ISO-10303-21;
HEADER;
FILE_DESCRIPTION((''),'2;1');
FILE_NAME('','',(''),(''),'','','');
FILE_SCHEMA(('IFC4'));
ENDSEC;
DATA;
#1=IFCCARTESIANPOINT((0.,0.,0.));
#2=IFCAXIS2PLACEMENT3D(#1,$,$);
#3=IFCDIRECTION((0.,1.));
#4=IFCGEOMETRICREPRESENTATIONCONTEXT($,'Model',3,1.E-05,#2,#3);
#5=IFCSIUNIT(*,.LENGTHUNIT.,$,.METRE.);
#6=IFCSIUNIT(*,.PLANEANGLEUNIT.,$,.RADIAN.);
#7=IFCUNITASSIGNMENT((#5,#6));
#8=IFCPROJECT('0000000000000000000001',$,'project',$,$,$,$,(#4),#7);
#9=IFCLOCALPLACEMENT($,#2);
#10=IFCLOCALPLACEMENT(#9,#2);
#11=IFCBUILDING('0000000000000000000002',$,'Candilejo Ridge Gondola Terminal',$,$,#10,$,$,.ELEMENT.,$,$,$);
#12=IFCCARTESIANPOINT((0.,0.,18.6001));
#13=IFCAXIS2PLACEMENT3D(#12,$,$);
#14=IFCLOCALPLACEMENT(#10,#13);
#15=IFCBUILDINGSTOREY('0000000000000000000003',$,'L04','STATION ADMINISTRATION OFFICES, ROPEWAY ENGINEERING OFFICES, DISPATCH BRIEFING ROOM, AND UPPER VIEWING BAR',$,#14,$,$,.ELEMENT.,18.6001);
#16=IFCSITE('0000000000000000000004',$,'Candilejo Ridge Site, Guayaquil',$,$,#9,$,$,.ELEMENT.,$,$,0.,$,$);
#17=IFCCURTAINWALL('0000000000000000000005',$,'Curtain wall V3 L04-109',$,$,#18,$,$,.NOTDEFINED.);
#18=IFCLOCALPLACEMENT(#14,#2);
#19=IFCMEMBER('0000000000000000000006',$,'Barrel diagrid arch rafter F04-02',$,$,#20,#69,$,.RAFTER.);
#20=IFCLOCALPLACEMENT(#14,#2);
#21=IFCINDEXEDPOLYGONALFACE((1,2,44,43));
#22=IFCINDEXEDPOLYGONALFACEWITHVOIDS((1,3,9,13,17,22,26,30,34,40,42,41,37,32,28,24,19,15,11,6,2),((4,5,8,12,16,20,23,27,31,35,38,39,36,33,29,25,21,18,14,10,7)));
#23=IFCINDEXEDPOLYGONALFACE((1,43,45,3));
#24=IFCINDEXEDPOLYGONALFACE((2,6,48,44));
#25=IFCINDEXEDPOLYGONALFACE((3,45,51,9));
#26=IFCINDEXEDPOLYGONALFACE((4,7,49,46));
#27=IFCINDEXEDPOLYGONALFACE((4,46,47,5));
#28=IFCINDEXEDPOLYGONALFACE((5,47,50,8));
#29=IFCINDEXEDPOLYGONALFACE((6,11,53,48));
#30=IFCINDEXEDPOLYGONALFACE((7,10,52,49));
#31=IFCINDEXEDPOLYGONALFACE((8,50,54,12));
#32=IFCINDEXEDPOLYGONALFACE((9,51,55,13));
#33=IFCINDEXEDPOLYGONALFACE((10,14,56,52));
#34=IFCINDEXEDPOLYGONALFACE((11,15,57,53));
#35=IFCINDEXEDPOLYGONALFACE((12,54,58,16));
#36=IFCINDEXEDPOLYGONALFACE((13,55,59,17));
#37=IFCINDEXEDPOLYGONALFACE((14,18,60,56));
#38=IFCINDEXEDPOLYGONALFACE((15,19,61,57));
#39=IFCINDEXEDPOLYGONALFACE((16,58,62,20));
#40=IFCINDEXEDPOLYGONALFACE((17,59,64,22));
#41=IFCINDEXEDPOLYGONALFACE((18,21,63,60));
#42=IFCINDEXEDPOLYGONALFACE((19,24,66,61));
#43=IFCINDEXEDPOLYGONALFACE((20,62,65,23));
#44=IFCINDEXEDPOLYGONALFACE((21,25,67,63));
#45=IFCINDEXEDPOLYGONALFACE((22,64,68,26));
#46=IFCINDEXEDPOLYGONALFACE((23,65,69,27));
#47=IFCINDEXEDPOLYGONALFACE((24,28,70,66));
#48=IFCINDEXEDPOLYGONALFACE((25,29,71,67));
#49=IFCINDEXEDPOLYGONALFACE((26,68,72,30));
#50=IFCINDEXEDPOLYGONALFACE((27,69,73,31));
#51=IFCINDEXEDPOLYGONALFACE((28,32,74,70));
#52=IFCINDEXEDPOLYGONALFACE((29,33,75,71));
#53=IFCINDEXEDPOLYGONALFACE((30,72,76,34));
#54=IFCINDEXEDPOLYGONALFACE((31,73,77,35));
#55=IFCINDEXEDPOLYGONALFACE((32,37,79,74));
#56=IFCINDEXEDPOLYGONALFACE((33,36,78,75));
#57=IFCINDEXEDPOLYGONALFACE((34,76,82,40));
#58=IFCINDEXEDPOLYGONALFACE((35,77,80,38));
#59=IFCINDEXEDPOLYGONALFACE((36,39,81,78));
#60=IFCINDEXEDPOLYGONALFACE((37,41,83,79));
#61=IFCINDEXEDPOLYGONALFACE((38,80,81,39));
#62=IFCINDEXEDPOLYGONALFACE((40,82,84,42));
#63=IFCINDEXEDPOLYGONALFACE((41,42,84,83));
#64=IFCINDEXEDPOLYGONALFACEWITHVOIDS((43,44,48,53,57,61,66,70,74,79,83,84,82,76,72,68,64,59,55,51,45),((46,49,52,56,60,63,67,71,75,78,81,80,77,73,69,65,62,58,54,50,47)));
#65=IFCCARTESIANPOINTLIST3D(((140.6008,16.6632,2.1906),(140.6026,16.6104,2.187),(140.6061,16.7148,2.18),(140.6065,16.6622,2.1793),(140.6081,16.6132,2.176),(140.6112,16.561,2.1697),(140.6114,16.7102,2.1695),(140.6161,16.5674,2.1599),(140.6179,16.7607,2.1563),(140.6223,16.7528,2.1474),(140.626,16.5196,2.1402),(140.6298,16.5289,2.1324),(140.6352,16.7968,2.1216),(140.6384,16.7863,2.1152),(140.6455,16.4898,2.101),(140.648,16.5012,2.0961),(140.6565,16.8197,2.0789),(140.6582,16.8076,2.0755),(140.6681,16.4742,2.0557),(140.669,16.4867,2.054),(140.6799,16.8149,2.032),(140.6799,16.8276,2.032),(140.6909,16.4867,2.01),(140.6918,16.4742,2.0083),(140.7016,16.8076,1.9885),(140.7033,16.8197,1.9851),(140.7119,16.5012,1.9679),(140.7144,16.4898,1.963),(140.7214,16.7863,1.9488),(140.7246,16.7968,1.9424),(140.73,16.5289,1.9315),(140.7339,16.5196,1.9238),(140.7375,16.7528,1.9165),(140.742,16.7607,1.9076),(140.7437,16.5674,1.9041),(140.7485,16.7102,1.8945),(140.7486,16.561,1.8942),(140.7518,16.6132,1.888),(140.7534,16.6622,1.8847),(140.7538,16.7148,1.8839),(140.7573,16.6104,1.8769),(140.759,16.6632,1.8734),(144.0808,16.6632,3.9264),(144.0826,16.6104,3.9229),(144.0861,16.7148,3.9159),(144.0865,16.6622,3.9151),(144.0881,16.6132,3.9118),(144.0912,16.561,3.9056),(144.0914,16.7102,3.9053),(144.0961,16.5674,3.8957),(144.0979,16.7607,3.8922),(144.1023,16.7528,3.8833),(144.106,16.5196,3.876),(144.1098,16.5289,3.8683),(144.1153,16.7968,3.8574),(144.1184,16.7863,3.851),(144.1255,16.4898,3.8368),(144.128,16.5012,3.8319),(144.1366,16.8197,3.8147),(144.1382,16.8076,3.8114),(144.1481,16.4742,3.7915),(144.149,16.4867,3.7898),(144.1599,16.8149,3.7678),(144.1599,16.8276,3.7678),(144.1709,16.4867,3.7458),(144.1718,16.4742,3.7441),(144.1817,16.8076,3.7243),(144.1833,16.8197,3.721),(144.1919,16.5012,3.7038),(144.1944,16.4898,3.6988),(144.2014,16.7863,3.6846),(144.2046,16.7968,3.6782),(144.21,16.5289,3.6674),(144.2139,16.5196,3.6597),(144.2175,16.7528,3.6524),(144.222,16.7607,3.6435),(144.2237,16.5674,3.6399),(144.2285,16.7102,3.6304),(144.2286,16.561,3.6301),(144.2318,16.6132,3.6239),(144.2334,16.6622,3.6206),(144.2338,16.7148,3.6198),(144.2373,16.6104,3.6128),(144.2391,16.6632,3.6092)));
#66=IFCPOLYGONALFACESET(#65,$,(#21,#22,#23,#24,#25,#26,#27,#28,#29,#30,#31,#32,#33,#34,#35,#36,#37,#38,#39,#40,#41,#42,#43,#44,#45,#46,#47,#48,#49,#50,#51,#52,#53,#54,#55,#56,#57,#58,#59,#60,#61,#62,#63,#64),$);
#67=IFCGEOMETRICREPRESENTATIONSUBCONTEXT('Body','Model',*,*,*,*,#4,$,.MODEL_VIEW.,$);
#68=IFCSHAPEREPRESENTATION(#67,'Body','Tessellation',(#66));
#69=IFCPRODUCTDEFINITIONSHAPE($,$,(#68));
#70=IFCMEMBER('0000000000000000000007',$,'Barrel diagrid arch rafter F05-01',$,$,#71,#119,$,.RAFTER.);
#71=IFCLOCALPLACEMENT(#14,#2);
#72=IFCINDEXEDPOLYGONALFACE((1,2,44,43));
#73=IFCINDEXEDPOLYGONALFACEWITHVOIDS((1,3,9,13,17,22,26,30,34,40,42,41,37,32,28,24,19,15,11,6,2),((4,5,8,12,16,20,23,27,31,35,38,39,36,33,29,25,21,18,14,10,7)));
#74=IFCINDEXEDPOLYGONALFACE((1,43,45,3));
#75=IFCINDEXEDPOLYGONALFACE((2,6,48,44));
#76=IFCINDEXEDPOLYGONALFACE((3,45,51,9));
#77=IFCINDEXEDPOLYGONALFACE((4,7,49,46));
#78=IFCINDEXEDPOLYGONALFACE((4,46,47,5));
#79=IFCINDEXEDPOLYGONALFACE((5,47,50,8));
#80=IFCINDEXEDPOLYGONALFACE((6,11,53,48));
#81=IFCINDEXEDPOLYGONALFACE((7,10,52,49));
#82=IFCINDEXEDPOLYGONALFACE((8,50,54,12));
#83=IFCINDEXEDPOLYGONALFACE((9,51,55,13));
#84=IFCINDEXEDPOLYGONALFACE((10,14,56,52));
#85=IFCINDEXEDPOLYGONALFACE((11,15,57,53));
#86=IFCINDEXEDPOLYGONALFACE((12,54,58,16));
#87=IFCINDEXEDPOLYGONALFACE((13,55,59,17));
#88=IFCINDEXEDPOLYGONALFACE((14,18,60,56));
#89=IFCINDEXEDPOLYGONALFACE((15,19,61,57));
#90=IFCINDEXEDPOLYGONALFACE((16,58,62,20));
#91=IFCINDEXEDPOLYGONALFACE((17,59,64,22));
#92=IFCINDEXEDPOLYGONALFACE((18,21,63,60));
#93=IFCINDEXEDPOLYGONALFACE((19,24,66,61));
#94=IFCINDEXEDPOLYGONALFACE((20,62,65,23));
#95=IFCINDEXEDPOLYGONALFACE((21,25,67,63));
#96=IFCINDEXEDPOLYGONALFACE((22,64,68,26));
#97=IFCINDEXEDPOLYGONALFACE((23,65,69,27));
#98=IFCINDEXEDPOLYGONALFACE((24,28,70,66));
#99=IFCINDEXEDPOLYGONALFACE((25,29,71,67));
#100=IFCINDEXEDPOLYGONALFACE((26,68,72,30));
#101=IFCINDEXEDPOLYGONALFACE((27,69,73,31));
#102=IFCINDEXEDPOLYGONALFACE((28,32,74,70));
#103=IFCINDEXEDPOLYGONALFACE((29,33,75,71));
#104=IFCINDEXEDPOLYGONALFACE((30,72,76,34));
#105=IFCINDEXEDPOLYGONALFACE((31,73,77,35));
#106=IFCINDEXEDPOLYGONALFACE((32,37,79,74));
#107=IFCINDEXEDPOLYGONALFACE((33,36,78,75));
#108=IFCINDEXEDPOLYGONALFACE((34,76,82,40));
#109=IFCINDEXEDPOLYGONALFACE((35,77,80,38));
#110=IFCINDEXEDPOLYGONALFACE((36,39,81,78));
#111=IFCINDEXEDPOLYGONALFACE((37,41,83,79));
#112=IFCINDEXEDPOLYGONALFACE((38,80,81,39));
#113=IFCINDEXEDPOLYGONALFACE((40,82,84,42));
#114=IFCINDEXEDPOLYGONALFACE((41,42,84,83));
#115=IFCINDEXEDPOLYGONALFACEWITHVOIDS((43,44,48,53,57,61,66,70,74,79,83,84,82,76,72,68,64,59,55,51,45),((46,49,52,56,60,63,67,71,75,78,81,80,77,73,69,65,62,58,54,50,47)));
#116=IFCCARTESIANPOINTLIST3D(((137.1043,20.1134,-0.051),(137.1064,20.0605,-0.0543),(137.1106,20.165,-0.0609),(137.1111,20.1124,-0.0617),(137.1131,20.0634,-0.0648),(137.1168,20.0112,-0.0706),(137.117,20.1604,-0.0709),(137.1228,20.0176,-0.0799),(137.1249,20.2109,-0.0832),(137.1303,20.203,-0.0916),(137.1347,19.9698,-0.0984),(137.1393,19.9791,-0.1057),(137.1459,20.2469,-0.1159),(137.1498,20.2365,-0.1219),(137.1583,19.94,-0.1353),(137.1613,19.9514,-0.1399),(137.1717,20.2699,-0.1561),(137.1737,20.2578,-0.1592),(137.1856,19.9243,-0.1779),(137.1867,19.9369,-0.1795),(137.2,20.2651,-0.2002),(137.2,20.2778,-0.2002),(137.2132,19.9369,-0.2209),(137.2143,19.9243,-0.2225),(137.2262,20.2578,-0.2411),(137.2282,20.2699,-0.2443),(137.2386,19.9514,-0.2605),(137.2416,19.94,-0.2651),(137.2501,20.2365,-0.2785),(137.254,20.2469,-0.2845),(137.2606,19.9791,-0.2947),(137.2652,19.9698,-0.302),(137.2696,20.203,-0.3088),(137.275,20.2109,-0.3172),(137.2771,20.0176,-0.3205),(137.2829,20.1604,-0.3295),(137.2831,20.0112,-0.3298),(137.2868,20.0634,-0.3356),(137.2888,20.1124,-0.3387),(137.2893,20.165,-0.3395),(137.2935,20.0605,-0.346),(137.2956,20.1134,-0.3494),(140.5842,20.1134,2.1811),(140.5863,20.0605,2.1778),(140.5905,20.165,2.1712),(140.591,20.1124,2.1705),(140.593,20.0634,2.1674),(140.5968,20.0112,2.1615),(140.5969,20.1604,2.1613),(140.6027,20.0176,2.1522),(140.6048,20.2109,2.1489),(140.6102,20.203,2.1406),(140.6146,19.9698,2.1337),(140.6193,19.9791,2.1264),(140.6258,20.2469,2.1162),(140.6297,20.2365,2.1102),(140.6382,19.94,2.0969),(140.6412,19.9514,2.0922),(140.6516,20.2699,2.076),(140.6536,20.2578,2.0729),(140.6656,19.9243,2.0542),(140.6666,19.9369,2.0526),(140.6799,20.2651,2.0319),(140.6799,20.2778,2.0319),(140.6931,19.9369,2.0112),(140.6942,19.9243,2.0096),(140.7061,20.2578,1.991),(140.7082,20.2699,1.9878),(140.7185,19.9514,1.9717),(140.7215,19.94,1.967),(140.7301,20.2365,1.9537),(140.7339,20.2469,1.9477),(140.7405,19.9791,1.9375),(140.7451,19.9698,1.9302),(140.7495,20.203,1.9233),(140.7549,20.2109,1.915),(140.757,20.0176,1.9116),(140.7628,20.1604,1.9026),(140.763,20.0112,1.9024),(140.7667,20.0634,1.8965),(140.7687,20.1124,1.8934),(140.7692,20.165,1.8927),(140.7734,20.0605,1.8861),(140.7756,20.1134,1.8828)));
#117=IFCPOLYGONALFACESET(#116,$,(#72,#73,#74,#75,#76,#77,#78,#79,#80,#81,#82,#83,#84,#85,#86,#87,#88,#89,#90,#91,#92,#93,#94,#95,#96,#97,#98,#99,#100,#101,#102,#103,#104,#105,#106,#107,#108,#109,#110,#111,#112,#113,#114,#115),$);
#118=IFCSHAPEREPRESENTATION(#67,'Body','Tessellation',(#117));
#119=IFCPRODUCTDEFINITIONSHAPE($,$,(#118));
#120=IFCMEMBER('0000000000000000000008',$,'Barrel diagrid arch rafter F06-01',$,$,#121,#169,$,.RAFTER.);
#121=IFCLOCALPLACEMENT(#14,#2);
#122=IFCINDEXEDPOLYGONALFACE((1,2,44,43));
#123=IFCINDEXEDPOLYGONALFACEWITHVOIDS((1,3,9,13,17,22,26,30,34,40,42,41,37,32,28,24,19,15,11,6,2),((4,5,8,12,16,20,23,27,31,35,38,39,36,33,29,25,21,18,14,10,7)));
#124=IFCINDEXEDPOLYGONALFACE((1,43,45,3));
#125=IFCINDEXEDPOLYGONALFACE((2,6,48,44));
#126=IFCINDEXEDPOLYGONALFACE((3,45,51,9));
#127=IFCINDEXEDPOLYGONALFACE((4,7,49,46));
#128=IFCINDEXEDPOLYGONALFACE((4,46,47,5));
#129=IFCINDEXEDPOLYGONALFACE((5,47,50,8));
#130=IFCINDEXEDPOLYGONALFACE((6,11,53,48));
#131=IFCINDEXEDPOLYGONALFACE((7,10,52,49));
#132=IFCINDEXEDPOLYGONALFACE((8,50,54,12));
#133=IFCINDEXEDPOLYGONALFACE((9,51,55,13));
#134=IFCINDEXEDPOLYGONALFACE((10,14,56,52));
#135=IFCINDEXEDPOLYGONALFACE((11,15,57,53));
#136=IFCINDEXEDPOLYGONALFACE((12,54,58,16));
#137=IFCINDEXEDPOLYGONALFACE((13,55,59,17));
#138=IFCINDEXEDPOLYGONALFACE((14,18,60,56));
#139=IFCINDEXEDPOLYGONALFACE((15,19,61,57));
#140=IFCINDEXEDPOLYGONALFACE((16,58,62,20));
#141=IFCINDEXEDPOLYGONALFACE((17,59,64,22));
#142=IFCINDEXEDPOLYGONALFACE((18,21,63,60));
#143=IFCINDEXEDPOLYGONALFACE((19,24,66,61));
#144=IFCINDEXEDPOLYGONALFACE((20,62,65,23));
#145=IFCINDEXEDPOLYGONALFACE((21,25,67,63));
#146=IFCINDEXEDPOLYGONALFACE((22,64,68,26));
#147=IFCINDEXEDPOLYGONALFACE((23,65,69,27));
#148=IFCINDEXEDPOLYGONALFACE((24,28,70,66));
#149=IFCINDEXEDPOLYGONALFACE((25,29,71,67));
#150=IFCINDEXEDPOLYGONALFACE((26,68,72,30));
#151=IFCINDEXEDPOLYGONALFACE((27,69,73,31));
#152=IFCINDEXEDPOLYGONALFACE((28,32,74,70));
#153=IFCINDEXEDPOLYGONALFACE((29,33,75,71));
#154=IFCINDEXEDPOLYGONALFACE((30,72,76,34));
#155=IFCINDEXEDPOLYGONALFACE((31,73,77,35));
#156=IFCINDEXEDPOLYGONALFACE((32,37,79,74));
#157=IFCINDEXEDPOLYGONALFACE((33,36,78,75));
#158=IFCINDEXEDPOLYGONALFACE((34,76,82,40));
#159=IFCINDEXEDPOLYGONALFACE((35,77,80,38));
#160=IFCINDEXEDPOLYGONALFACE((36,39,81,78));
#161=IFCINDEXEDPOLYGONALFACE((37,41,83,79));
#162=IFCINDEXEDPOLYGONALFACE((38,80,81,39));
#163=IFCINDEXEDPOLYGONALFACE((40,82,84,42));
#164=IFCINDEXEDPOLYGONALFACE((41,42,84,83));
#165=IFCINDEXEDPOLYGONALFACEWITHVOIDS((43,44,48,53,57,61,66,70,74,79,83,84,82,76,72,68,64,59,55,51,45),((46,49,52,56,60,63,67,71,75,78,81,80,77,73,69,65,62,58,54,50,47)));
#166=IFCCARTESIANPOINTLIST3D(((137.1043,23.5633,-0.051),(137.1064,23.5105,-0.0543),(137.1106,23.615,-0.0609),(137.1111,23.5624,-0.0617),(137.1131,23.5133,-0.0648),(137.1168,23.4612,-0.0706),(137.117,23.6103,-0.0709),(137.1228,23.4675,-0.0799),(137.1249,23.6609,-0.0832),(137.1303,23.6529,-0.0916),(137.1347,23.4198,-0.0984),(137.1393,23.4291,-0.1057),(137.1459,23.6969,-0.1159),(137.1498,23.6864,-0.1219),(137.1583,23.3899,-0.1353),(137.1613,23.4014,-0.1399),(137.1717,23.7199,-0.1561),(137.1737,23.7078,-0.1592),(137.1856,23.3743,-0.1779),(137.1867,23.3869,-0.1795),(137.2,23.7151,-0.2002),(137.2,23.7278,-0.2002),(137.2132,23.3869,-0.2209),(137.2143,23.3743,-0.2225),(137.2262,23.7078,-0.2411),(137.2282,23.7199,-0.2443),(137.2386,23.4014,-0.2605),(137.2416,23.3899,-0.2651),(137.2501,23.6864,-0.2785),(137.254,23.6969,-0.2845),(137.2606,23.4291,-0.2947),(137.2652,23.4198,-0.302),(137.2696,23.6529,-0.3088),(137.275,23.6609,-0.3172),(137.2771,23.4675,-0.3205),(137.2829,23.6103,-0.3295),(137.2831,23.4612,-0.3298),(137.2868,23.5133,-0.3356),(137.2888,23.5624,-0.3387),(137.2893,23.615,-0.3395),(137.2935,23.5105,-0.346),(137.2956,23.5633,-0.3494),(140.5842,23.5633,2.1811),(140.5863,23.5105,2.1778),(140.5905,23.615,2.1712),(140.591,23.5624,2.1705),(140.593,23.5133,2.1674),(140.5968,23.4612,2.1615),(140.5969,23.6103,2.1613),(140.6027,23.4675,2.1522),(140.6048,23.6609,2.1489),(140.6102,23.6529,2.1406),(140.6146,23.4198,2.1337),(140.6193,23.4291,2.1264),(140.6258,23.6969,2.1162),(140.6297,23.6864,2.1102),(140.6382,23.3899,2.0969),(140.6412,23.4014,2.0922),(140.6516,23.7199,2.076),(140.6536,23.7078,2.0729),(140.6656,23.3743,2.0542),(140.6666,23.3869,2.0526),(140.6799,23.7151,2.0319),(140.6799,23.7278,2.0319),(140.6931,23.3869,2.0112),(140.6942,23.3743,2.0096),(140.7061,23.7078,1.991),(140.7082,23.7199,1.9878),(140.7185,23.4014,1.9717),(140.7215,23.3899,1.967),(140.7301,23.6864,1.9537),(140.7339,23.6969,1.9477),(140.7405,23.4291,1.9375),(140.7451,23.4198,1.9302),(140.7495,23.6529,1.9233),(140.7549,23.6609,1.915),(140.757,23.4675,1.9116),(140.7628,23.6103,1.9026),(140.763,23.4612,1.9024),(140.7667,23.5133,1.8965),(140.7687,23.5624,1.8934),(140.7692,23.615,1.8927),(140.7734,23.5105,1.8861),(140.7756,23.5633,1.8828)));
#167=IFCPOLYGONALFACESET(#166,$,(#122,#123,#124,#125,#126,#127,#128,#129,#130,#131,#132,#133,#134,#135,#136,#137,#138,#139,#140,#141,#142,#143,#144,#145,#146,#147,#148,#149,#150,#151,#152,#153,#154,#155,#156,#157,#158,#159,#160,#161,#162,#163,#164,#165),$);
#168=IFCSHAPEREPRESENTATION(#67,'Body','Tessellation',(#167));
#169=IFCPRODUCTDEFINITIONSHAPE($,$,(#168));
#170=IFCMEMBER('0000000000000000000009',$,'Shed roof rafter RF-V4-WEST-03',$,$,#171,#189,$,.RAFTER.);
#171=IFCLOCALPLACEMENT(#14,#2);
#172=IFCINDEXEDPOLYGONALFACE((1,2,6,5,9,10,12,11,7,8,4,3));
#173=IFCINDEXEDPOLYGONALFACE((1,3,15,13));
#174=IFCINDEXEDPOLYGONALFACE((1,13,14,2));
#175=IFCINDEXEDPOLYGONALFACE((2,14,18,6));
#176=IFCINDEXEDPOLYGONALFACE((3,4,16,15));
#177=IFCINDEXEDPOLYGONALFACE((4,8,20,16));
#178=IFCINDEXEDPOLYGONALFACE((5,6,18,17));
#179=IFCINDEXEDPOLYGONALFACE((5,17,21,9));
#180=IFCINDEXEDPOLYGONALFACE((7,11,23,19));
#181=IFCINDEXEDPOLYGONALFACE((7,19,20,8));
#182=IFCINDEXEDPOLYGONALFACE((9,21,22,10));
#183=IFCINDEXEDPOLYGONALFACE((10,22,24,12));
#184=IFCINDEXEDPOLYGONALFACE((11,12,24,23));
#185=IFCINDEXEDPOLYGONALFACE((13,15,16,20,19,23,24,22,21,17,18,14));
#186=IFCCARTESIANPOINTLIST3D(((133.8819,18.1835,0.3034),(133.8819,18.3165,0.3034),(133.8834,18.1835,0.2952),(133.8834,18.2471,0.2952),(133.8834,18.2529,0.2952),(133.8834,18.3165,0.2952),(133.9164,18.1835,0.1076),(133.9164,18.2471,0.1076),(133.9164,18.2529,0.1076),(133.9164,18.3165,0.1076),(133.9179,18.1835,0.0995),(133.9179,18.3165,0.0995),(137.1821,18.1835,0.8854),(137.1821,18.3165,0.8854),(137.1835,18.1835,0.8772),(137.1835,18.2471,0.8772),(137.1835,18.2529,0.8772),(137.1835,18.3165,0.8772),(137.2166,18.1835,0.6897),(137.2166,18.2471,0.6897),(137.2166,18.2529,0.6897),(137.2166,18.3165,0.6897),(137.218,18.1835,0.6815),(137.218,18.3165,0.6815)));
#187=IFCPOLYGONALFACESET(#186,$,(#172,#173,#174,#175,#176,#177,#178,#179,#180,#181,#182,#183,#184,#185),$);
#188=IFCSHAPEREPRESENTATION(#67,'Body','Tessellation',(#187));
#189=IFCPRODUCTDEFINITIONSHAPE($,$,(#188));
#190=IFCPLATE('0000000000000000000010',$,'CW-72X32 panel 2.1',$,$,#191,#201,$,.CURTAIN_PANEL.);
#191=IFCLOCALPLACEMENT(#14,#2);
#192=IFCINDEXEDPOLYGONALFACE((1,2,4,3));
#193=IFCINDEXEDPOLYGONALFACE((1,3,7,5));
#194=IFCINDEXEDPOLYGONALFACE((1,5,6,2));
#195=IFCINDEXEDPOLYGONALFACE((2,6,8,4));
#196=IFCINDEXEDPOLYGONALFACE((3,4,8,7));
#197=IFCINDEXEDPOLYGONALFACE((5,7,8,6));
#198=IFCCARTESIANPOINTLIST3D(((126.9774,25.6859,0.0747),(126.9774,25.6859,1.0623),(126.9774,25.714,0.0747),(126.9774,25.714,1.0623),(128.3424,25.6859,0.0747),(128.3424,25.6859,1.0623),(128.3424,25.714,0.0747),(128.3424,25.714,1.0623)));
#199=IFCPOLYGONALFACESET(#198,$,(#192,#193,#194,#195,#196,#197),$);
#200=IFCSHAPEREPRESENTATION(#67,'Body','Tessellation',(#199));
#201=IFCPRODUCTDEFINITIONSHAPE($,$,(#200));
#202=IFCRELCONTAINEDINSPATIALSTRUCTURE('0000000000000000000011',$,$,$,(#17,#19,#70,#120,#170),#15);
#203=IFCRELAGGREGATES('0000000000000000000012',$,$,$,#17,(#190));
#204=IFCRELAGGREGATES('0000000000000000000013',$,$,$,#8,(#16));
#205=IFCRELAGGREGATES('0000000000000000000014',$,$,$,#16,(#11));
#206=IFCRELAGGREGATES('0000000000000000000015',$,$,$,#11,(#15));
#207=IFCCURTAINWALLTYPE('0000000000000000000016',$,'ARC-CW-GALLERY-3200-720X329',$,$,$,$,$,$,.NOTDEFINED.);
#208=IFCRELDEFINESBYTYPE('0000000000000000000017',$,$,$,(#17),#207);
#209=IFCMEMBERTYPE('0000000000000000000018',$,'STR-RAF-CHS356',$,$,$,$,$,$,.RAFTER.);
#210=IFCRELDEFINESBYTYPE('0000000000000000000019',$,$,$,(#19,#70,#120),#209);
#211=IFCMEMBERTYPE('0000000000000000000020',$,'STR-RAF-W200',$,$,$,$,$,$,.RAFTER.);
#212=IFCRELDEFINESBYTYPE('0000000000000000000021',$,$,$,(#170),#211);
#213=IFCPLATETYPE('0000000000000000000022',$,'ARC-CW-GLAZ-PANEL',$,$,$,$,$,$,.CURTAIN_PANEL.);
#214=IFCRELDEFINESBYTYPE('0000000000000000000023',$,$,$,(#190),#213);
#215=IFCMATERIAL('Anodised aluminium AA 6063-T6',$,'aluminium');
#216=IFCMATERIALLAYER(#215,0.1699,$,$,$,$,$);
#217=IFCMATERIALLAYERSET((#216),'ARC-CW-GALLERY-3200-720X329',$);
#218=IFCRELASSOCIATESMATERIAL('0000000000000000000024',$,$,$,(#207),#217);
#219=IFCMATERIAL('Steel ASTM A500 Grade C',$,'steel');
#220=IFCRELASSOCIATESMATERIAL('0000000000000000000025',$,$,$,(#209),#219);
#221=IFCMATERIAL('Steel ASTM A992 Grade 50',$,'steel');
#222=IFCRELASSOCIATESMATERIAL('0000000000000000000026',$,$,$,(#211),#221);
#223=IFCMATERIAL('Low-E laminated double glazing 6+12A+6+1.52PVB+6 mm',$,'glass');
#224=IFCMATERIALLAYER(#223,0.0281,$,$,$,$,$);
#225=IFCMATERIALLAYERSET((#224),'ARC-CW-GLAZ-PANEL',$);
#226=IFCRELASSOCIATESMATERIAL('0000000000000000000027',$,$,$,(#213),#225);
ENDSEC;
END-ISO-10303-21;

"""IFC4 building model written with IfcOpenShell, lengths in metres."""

from ifc_helpers import new_model, si_unit, direction, frame, origin, origin_2d, place, context, subcontext, project, spatial, rectangle, hollow_circle, i_section, extrude, material, layer, layer_set, material_profile, profile_set, type_object, element, aggregate, save


model = new_model("IFC4")

# Units and contexts
model_context = context("Model", 3, precision=1e-05, world=origin(), true_north=direction((0.0, 1.0)))
body_context = subcontext(model_context, "Body", "Model", "MODEL_VIEW")
ifc_project = project(units=[si_unit("LENGTHUNIT", "METRE"), si_unit("PLANEANGLEUNIT", "RADIAN")], contexts=[model_context])

# Site, building, storey
site_placement = place(None, origin())
site = spatial("IfcSite", under=ifc_project, at=site_placement, Name="Candilejo Ridge Site, Guayaquil", CompositionType="ELEMENT", RefElevation=0.0)
building_placement = place(site_placement, origin())
building = spatial("IfcBuilding", under=site, at=building_placement, Name="Candilejo Ridge Gondola Terminal", CompositionType="ELEMENT")
storey_placement = place(building_placement, frame((0.0, 0.0, 18.6001)))
storey = spatial("IfcBuildingStorey", under=building, at=storey_placement, Name="L04", Description="STATION ADMINISTRATION OFFICES, ROPEWAY ENGINEERING OFFICES, DISPATCH BRIEFING ROOM, AND UPPER VIEWING BAR", CompositionType="ELEMENT", Elevation=18.6001)

# Curtain wall
ifc_material_1 = material(Name="Anodised aluminium AA 6063-T6", Category="aluminium")
ifc_layer_1 = layer(ifc_material_1, 0.1699)
ifc_layer_set_1 = layer_set([ifc_layer_1], Name="ARC-CW-GALLERY-3200-720X329")
curtain_wall_type = type_object("IfcCurtainWallType", Name="ARC-CW-GALLERY-3200-720X329", PredefinedType="NOTDEFINED", material=ifc_layer_set_1)
curtain_wall_placement = place(storey_placement, origin())
curtain_wall = element("IfcCurtainWall", 1, at=curtain_wall_placement, inside=storey, type_object=curtain_wall_type, Name="Curtain wall V3 L04-109", PredefinedType="NOTDEFINED")

# Members
ifc_material_2 = material(Name="Steel ASTM A500 Grade C", Category="steel")
ifc_material_profile_1 = material_profile(ifc_material_2, hollow_circle(Radius=0.1777, WallThickness=0.0127, at=origin_2d()))
ifc_profile_set_1 = profile_set([ifc_material_profile_1], Name="Steel ASTM A500 Grade C")
member_type_1 = type_object("IfcMemberType", Name="STR-RAF-CHS356", PredefinedType="RAFTER", material=ifc_profile_set_1)
member_1_placement = place(storey_placement, frame((140.6799, 16.6499, 2.032), z_axis=(0.894854, 0.0, 0.44636), x_axis=(0.0, 1.0, 0.0)))
element("IfcMember", 2, at=member_1_placement, inside=storey, type_object=member_type_1, Name="Barrel diagrid arch rafter F04-02", PredefinedType="RAFTER", context=body_context, shape_type="SweptSolid", body=[
    extrude(hollow_circle(Radius=0.1777, WallThickness=0.0127, at=origin_2d()), origin(), (0.0, 0.0, 1.0), 3.8889),
])
for number, where, z_axis, x_axis, name in (
    (3, (137.2, 20.1001, -0.2002), (0.841723, 0.0, 0.53991), (0.0, 1.0, 0.0), "Barrel diagrid arch rafter F05-01"),
    (4, (137.2, 23.55, -0.2002), (0.841723, 0.0, 0.53991), (0.0, 1.0, 0.0), "Barrel diagrid arch rafter F06-01"),
):
    element("IfcMember", number, at=place(storey_placement, frame(where, z_axis=z_axis, x_axis=x_axis)), inside=storey, type_object=member_type_1, Name=name, PredefinedType="RAFTER", context=body_context, shape_type="SweptSolid", body=[
        extrude(hollow_circle(Radius=0.1777, WallThickness=0.0127, at=origin_2d()), origin(), (0.0, 0.0, 1.0), 4.1343),
    ])
ifc_material_3 = material(Name="Steel ASTM A992 Grade 50", Category="steel")
ifc_material_profile_2 = material_profile(ifc_material_3, i_section(OverallWidth=0.1331, OverallDepth=0.207, WebThickness=0.0059, FlangeThickness=0.0083, at=origin_2d()))
ifc_profile_set_2 = profile_set([ifc_material_profile_2], Name="Steel ASTM A992 Grade 50")
member_type_2 = type_object("IfcMemberType", Name="STR-RAF-W200", PredefinedType="RAFTER", material=ifc_profile_set_2)
member_2_placement = place(storey_placement, frame((133.8999, 18.25, 0.2014), z_axis=(0.9848, 0.0, 0.17369), x_axis=(0.0, 1.0, 0.0)))
element("IfcMember", 5, at=member_2_placement, inside=storey, type_object=member_type_2, Name="Shed roof rafter RF-V4-WEST-03", PredefinedType="RAFTER", context=body_context, shape_type="SweptSolid", body=[
    extrude(i_section(OverallWidth=0.1331, OverallDepth=0.207, WebThickness=0.0059, FlangeThickness=0.0083, at=origin_2d()), origin(), (0.0, 0.0, 1.0), 3.3511),
])

# Plate
ifc_material_4 = material(Name="Low-E laminated double glazing 6+12A+6+1.52PVB+6 mm", Category="glass")
ifc_layer_2 = layer(ifc_material_4, 0.0281)
ifc_layer_set_2 = layer_set([ifc_layer_2], Name="ARC-CW-GLAZ-PANEL")
plate_type_1 = type_object("IfcPlateType", Name="ARC-CW-GLAZ-PANEL", PredefinedType="CURTAIN_PANEL", material=ifc_layer_set_2)
plate_1_placement = place(storey_placement, frame((127.6599, 25.7, 0.0747), z_axis=(0.0, 0.0, 1.0), x_axis=(1.0, 0.0, 0.0)))
plate_1 = element("IfcPlate", 6, at=plate_1_placement, type_object=plate_type_1, Name="CW-72X32 panel 2.1", PredefinedType="CURTAIN_PANEL", context=body_context, shape_type="SweptSolid", body=[
    extrude(rectangle(XDim=1.365, YDim=0.0281, at=origin_2d()), origin(), (0.0, 0.0, 1.0), 0.9875),
])
aggregate(curtain_wall, [plate_1])

save(model, "model.ifc")
